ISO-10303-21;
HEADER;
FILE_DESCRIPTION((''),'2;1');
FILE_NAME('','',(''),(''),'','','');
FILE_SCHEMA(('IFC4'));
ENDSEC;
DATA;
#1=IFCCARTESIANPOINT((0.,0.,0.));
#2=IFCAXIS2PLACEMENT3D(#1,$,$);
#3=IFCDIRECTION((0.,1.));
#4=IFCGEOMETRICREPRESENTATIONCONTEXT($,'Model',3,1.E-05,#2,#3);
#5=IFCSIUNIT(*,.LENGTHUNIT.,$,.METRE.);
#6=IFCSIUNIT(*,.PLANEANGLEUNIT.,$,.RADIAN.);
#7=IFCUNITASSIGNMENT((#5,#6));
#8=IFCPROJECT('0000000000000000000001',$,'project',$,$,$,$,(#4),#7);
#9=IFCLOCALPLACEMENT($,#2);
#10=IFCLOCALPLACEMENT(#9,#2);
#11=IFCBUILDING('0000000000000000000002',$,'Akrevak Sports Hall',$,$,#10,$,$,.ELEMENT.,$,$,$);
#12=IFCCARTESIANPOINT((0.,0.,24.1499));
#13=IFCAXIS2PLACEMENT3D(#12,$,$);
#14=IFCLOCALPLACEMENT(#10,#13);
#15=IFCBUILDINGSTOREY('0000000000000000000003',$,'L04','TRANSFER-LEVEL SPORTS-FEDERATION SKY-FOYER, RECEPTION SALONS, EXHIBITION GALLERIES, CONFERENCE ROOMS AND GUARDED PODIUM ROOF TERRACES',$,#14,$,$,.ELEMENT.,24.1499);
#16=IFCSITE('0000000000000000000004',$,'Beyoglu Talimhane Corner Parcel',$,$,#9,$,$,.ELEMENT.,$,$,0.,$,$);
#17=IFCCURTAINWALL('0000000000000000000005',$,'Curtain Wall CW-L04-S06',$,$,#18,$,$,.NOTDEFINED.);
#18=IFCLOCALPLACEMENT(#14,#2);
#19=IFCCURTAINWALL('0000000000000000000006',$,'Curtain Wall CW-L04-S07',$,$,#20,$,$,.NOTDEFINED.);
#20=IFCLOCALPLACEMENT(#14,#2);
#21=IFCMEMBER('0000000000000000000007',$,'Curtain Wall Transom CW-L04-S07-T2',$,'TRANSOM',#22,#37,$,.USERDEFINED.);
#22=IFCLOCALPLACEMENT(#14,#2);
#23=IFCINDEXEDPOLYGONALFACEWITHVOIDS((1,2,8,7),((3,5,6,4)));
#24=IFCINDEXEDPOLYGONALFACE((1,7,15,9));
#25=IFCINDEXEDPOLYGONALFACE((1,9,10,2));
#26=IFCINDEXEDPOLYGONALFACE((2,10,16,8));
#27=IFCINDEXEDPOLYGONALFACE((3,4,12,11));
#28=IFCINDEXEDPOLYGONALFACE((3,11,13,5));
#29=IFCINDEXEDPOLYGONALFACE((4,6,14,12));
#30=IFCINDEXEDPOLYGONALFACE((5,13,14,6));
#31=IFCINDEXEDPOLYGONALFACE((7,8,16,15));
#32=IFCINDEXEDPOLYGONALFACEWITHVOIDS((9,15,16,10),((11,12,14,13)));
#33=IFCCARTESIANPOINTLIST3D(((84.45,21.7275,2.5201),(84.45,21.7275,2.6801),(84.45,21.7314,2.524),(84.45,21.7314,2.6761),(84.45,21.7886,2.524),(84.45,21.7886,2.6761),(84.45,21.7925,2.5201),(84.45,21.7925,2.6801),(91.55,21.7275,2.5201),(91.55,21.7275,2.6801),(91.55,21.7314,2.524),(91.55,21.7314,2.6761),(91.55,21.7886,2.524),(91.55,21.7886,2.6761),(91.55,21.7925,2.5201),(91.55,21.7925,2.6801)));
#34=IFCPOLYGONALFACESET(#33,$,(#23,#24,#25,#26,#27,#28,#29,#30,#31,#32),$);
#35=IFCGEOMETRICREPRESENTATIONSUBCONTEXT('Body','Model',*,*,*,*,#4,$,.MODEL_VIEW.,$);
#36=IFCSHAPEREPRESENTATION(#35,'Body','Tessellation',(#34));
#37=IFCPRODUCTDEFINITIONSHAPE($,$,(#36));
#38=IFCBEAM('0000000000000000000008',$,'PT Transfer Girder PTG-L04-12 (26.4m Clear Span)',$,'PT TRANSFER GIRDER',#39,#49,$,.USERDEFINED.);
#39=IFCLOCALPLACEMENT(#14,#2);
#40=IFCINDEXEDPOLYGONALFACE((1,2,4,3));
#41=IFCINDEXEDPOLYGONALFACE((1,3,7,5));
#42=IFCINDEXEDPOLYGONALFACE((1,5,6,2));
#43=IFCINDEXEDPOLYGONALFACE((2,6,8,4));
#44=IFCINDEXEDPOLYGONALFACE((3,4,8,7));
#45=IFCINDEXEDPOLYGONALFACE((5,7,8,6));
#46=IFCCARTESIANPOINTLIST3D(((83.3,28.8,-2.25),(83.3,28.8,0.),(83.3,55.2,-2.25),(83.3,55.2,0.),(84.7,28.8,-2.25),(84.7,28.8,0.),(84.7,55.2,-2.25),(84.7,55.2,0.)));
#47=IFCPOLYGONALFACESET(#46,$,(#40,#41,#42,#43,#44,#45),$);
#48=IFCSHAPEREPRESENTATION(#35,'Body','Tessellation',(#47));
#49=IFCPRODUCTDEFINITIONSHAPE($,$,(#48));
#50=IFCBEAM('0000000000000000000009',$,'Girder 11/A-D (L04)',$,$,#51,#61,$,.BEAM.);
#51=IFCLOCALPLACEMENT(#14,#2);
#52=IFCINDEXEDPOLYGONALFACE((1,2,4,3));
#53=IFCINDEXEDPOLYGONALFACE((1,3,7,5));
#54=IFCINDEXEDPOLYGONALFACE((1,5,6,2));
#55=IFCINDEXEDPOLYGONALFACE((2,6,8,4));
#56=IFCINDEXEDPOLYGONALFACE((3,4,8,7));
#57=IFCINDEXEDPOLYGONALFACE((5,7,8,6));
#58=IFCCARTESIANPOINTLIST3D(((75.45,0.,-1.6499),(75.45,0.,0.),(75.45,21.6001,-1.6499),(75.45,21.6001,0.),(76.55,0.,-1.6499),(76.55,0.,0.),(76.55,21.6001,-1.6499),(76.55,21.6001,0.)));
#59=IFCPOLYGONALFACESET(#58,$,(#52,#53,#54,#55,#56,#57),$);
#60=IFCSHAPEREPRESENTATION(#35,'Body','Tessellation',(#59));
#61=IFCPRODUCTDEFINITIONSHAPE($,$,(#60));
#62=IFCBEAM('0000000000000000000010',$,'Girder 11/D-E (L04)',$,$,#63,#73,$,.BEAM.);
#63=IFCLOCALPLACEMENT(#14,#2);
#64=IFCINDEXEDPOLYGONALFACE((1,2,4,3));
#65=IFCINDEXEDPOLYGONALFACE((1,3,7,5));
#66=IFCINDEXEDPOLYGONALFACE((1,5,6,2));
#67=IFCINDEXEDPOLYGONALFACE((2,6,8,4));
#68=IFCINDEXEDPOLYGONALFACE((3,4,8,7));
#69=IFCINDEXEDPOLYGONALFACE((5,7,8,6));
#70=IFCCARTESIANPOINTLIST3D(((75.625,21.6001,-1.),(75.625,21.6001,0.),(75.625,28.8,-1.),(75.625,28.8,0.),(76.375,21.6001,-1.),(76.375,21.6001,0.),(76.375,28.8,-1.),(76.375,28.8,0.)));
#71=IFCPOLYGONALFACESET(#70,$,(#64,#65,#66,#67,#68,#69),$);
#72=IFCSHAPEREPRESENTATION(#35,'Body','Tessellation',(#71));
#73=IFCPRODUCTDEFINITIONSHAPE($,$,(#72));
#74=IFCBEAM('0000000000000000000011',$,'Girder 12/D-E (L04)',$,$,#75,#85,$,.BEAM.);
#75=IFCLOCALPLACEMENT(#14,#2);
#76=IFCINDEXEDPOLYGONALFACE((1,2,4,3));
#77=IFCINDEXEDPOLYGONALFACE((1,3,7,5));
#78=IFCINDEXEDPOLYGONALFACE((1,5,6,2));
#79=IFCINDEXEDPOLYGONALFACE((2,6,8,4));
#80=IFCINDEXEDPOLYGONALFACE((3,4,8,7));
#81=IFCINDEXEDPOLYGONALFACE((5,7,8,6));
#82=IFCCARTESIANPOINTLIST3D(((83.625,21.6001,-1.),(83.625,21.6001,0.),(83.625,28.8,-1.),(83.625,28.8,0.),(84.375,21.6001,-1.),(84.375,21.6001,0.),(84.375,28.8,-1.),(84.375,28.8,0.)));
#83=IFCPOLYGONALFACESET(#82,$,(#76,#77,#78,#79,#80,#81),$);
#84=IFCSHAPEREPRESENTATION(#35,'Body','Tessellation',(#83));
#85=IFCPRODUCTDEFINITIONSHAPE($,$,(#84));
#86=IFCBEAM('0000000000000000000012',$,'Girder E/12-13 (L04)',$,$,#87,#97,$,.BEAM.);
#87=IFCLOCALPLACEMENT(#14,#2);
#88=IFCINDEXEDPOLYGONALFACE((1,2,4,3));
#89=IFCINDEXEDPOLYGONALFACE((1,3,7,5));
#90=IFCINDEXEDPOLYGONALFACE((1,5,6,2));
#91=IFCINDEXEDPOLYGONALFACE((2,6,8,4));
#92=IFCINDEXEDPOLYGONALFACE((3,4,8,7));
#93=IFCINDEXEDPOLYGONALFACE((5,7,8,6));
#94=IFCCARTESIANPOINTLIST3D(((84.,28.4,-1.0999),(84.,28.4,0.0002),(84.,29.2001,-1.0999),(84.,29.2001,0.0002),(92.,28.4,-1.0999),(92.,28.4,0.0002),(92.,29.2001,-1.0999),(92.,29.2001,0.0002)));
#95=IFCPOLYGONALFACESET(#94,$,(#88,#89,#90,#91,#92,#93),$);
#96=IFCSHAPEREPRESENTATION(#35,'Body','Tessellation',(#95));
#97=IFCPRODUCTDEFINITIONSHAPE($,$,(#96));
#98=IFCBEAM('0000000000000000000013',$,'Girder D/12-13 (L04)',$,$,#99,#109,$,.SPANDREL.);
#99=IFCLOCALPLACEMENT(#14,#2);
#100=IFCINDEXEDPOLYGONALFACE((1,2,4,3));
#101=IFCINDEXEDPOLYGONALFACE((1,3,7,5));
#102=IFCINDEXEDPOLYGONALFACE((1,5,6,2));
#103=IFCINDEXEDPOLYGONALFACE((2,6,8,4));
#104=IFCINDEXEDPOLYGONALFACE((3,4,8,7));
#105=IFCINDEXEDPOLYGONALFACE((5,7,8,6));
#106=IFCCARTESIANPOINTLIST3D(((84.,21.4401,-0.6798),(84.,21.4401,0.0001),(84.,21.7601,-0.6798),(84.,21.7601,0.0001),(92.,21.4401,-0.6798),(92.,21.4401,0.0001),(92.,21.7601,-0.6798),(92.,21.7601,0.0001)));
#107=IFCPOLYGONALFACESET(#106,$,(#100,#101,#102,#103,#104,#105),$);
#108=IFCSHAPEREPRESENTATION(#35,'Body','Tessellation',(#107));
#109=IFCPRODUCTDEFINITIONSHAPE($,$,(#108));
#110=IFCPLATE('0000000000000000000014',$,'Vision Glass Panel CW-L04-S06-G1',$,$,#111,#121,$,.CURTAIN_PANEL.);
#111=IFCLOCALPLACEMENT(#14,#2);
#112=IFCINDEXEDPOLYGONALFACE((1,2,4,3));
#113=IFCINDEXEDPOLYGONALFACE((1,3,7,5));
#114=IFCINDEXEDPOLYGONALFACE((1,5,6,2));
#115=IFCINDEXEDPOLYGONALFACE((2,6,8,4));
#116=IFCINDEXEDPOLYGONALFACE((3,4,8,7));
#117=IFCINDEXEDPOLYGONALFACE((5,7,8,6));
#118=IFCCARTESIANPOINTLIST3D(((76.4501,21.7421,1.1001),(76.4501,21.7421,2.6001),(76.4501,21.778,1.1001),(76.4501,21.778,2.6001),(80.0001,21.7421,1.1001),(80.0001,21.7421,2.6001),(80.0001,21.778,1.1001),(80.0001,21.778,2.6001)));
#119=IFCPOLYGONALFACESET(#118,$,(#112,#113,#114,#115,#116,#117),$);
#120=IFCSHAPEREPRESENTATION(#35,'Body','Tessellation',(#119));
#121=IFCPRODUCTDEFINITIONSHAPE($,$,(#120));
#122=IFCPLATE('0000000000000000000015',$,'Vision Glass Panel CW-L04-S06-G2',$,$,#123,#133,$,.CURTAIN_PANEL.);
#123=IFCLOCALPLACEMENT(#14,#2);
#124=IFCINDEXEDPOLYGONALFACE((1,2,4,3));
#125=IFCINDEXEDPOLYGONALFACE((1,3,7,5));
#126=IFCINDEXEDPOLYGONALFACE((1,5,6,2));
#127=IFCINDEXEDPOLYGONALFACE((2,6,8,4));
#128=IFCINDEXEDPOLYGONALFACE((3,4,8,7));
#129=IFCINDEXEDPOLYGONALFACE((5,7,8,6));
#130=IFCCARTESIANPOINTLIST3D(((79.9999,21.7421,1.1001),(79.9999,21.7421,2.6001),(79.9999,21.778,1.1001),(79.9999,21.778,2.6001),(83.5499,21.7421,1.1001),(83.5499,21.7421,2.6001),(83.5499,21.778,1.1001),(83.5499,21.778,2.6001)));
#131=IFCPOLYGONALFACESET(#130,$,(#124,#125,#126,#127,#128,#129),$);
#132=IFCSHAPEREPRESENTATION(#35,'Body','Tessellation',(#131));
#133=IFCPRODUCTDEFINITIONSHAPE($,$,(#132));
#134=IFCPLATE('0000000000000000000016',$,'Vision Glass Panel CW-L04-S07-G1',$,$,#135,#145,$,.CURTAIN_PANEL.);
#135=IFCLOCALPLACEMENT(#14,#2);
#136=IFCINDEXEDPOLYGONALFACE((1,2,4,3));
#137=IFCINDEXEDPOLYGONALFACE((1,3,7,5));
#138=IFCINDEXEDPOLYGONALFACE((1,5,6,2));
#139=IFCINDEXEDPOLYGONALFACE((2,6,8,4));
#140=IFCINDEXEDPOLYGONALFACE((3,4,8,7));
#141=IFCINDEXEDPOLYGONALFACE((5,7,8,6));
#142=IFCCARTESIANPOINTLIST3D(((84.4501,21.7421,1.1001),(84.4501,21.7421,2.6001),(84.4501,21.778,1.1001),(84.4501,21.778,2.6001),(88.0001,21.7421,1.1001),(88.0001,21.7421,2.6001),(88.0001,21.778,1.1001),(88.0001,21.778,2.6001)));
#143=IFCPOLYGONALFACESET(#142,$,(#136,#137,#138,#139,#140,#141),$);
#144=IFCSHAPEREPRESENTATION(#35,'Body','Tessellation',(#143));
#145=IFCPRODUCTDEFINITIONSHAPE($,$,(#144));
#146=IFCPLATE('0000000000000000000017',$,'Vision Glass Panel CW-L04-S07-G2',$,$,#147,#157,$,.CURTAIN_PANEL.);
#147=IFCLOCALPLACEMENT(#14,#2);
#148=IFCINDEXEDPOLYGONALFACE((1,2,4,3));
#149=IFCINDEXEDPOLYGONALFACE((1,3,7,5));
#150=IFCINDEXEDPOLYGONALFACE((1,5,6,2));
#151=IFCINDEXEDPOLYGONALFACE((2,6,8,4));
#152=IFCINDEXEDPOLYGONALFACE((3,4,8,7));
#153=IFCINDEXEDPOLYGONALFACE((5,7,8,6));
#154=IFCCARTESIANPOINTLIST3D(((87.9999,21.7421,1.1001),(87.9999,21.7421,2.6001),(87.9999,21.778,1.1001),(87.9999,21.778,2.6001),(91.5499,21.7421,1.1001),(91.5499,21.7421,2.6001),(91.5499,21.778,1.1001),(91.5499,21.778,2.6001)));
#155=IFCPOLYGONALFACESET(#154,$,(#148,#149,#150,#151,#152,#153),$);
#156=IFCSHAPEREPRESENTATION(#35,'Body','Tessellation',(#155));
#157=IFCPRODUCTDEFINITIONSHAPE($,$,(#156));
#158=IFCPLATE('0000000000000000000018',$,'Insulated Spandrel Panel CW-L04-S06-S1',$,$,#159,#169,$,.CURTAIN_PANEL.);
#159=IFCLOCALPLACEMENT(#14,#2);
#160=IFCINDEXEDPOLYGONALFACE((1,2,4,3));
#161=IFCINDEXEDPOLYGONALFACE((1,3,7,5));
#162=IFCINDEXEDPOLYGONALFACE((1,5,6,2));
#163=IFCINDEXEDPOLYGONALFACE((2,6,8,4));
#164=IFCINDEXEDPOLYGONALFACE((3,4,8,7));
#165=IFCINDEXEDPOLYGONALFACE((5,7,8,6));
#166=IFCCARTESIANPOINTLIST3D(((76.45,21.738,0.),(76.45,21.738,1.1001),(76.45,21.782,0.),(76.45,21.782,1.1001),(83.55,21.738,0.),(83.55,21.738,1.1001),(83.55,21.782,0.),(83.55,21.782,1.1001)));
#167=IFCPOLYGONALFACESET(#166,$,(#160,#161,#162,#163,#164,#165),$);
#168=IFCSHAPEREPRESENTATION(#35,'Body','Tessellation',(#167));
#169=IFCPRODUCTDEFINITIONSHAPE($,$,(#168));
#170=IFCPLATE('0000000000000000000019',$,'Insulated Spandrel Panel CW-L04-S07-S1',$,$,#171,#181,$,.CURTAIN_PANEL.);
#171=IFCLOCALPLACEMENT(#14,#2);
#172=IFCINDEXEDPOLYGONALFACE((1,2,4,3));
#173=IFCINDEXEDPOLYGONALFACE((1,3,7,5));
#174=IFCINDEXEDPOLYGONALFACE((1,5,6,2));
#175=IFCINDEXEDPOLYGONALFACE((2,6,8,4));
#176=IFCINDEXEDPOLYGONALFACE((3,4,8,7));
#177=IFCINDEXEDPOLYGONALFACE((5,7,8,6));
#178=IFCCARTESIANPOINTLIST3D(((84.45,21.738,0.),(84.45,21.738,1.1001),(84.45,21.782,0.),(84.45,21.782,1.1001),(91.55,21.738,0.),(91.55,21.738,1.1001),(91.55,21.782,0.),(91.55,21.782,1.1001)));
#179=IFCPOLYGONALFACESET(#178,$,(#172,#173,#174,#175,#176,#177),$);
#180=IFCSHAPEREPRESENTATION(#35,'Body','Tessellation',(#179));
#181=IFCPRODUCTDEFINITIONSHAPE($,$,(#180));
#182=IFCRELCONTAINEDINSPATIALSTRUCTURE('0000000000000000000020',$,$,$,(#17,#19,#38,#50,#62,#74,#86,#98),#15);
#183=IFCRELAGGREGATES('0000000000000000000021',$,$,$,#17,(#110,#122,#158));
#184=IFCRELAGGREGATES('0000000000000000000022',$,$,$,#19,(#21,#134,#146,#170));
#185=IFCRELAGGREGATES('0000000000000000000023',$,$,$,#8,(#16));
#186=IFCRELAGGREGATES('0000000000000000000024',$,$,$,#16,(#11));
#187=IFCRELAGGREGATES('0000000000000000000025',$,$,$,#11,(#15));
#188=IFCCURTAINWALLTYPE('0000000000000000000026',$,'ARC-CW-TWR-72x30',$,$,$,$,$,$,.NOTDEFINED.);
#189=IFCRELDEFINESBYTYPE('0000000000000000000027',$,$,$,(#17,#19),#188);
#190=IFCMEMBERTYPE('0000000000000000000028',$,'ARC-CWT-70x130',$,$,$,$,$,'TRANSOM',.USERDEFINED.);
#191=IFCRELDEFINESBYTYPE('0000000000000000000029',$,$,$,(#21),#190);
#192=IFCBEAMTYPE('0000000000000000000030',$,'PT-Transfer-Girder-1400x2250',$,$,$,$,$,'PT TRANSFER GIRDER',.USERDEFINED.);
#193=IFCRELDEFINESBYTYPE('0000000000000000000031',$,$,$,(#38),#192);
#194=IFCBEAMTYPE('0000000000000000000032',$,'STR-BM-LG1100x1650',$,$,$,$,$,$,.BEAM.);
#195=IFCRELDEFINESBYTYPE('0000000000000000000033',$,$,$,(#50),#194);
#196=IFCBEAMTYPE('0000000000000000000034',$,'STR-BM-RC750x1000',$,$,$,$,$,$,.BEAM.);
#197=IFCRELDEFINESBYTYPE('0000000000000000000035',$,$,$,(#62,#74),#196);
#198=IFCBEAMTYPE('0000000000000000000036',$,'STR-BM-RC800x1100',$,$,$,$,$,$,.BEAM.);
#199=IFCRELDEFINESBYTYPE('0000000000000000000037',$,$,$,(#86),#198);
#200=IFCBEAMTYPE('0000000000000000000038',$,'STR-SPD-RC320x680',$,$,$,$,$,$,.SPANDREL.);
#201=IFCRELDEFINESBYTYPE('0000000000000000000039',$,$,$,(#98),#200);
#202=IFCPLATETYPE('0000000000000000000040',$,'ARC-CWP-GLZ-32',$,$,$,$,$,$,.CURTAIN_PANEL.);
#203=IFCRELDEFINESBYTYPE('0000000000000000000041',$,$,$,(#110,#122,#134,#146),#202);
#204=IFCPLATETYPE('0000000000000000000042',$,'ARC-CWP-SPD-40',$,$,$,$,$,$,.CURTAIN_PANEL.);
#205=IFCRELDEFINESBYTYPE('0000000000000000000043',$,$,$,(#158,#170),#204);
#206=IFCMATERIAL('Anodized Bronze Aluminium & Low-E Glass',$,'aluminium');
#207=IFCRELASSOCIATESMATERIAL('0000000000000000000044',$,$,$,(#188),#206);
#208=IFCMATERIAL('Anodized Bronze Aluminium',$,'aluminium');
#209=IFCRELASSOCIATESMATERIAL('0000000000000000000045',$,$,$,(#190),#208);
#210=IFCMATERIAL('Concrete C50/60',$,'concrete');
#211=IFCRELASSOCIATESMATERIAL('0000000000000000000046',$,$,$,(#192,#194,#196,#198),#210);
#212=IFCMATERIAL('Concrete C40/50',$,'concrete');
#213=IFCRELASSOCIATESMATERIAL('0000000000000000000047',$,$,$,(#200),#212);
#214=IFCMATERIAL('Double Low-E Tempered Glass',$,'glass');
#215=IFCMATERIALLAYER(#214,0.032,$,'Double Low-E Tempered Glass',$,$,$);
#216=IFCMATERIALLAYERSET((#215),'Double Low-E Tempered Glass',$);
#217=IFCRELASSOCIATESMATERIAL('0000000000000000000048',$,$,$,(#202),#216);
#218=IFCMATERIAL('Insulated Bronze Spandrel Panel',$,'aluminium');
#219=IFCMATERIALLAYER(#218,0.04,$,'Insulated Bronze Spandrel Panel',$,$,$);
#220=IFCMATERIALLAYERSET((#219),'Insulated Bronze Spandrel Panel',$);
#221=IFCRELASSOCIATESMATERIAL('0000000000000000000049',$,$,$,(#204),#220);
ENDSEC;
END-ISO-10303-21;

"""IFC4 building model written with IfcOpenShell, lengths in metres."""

from ifc_helpers import new_model, si_unit, direction, frame, origin, origin_2d, place, context, subcontext, project, spatial, rectangle, hollow_rectangle, extrude, material, layer, layer_set, material_profile, profile_set, type_object, element, aggregate, save


model = new_model("IFC4")

# Units and contexts
model_context = context("Model", 3, precision=1e-05, world=origin(), true_north=direction((0.0, 1.0)))
body_context = subcontext(model_context, "Body", "Model", "MODEL_VIEW")
ifc_project = project(units=[si_unit("LENGTHUNIT", "METRE"), si_unit("PLANEANGLEUNIT", "RADIAN")], contexts=[model_context])

# Site, building, storey
site_placement = place(None, origin())
site = spatial("IfcSite", under=ifc_project, at=site_placement, Name="Beyoglu Talimhane Corner Parcel", CompositionType="ELEMENT", RefElevation=0.0)
building_placement = place(site_placement, origin())
building = spatial("IfcBuilding", under=site, at=building_placement, Name="Akrevak Sports Hall", CompositionType="ELEMENT")
storey_placement = place(building_placement, frame((0.0, 0.0, 24.1499)))
storey = spatial("IfcBuildingStorey", under=building, at=storey_placement, Name="L04", Description="TRANSFER-LEVEL SPORTS-FEDERATION SKY-FOYER, RECEPTION SALONS, EXHIBITION GALLERIES, CONFERENCE ROOMS AND GUARDED PODIUM ROOF TERRACES", CompositionType="ELEMENT", Elevation=24.1499)

# Shared definitions
ifc_material_1 = material(Name="Concrete C50/60", Category="concrete")
ifc_material_2 = material(Name="Concrete C40/50", Category="concrete")

# Curtain walls
ifc_material_3 = material(Name="Anodized Bronze Aluminium & Low-E Glass", Category="aluminium")
curtain_wall_type = type_object("IfcCurtainWallType", Name="ARC-CW-TWR-72x30", PredefinedType="NOTDEFINED", material=ifc_material_3)
curtain_wall_1_placement = place(storey_placement, origin())
curtain_wall_1 = element("IfcCurtainWall", 1, at=curtain_wall_1_placement, inside=storey, type_object=curtain_wall_type, Name="Curtain Wall CW-L04-S06", PredefinedType="NOTDEFINED")
ifc_material_4 = material(Name="Anodized Bronze Aluminium", Category="aluminium")
curtain_wall_2_placement = place(storey_placement, origin())
curtain_wall_2 = element("IfcCurtainWall", 2, at=curtain_wall_2_placement, inside=storey, type_object=curtain_wall_type, Name="Curtain Wall CW-L04-S07", PredefinedType="NOTDEFINED")

# Member
ifc_material_profile_1 = material_profile(ifc_material_4, hollow_rectangle(XDim=0.0649, YDim=0.1599, WallThickness=0.0039, at=origin_2d()), Name="CWT 65x160", Category="aluminium")
ifc_profile_set_1 = profile_set([ifc_material_profile_1], Name="Anodized Bronze Aluminium")
member_type_1 = type_object("IfcMemberType", Name="ARC-CWT-70x130", ElementType="TRANSOM", PredefinedType="USERDEFINED", material=ifc_profile_set_1)
member_1_placement = place(storey_placement, frame((84.45, 21.76, 2.6001), z_axis=(1.0, 0.0, 0.0), x_axis=(0.0, 1.0, 0.0)))
member_1 = element("IfcMember", 3, at=member_1_placement, type_object=member_type_1, Name="Curtain Wall Transom CW-L04-S07-T2", ObjectType="TRANSOM", PredefinedType="USERDEFINED", context=body_context, shape_type="SweptSolid", body=[
    extrude(hollow_rectangle(XDim=0.0649, YDim=0.1599, WallThickness=0.0039, at=origin_2d()), origin(), (0.0, 0.0, 1.0), 7.1001),
])

# Beams
ifc_material_profile_2 = material_profile(ifc_material_1, rectangle(XDim=1.3999, YDim=2.25, at=origin_2d()), Name="PTG 1400x2250", Category="concrete")
ifc_profile_set_2 = profile_set([ifc_material_profile_2], Name="Concrete C50/60")
beam_type_1 = type_object("IfcBeamType", Name="PT-Transfer-Girder-1400x2250", ElementType="PT TRANSFER GIRDER", PredefinedType="USERDEFINED", material=ifc_profile_set_2)
beam_1_placement = place(storey_placement, frame((84.0, 28.8, -1.125), z_axis=(0.0, 1.0, 0.0), x_axis=(-1.0, 0.0, 0.0)))
element("IfcBeam", 4, at=beam_1_placement, inside=storey, type_object=beam_type_1, Name="PT Transfer Girder PTG-L04-12 (26.4m Clear Span)", ObjectType="PT TRANSFER GIRDER", PredefinedType="USERDEFINED", context=body_context, shape_type="SweptSolid", body=[
    extrude(rectangle(XDim=1.3999, YDim=2.25, at=origin_2d()), origin(), (0.0, 0.0, 1.0), 26.3999),
])
ifc_material_profile_3 = material_profile(ifc_material_1, rectangle(XDim=1.1001, YDim=1.6499, at=origin_2d()), Name="BM 1100x1650", Category="concrete")
ifc_profile_set_3 = profile_set([ifc_material_profile_3], Name="Concrete C50/60")
beam_type_2 = type_object("IfcBeamType", Name="STR-BM-LG1100x1650", PredefinedType="BEAM", material=ifc_profile_set_3)
beam_2_placement = place(storey_placement, frame((76.0, 0.0, -0.825), z_axis=(0.0, 1.0, 0.0), x_axis=(-1.0, 0.0, 0.0)))
element("IfcBeam", 5, at=beam_2_placement, inside=storey, type_object=beam_type_2, Name="Girder 11/A-D (L04)", PredefinedType="BEAM", context=body_context, shape_type="SweptSolid", body=[
    extrude(rectangle(XDim=1.1001, YDim=1.6499, at=origin_2d()), origin(), (0.0, 0.0, 1.0), 21.6001),
])
ifc_material_profile_4 = material_profile(ifc_material_1, rectangle(XDim=0.75, YDim=1.0, at=origin_2d()), Name="BM 750x1000", Category="concrete")
ifc_profile_set_4 = profile_set([ifc_material_profile_4], Name="Concrete C50/60")
beam_type_3 = type_object("IfcBeamType", Name="STR-BM-RC750x1000", PredefinedType="BEAM", material=ifc_profile_set_4)
for number, where, z_axis, x_axis, name in (
    (6, (76.0, 21.6001, -0.5), (0.0, 1.0, 0.0), (-1.0, 0.0, 0.0), "Girder 11/D-E (L04)"),
    (7, (84.0, 21.6001, -0.5), (0.0, 1.0, 0.0), (-1.0, 0.0, 0.0), "Girder 12/D-E (L04)"),
):
    element("IfcBeam", number, at=place(storey_placement, frame(where, z_axis=z_axis, x_axis=x_axis)), inside=storey, type_object=beam_type_3, Name=name, PredefinedType="BEAM", context=body_context, shape_type="SweptSolid", body=[
        extrude(rectangle(XDim=0.75, YDim=1.0, at=origin_2d()), origin(), (0.0, 0.0, 1.0), 7.2),
    ])
ifc_material_profile_5 = material_profile(ifc_material_1, rectangle(XDim=0.8, YDim=1.1001, at=origin_2d()), Name="BM 800x1100", Category="concrete")
ifc_profile_set_5 = profile_set([ifc_material_profile_5], Name="Concrete C50/60")
beam_type_4 = type_object("IfcBeamType", Name="STR-BM-RC800x1100", PredefinedType="BEAM", material=ifc_profile_set_5)
beam_3_placement = place(storey_placement, frame((84.0, 28.8, -0.5498), z_axis=(1.0, 0.0, 0.0), x_axis=(0.0, 1.0, 0.0)))
element("IfcBeam", 8, at=beam_3_placement, inside=storey, type_object=beam_type_4, Name="Girder E/12-13 (L04)", PredefinedType="BEAM", context=body_context, shape_type="SweptSolid", body=[
    extrude(rectangle(XDim=0.8, YDim=1.1001, at=origin_2d()), origin(), (0.0, 0.0, 1.0), 8.0),
])
ifc_material_profile_6 = material_profile(ifc_material_2, rectangle(XDim=0.3201, YDim=0.6799, at=origin_2d()), Name="SPD 320x680", Category="concrete")
ifc_profile_set_6 = profile_set([ifc_material_profile_6], Name="Concrete C40/50")
beam_type_5 = type_object("IfcBeamType", Name="STR-SPD-RC320x680", PredefinedType="SPANDREL", material=ifc_profile_set_6)
beam_4_placement = place(storey_placement, frame((84.0, 21.6001, -0.3398), z_axis=(1.0, 0.0, 0.0), x_axis=(0.0, 1.0, 0.0)))
element("IfcBeam", 9, at=beam_4_placement, inside=storey, type_object=beam_type_5, Name="Girder D/12-13 (L04)", PredefinedType="SPANDREL", context=body_context, shape_type="SweptSolid", body=[
    extrude(rectangle(XDim=0.3201, YDim=0.6799, at=origin_2d()), origin(), (0.0, 0.0, 1.0), 8.0),
])

# Plates
ifc_material_5 = material(Name="Double Low-E Tempered Glass", Category="glass")
ifc_layer_1 = layer(ifc_material_5, 0.032, Name="Double Low-E Tempered Glass")
ifc_layer_set_1 = layer_set([ifc_layer_1], Name="Double Low-E Tempered Glass")
plate_type_1 = type_object("IfcPlateType", Name="ARC-CWP-GLZ-32", PredefinedType="CURTAIN_PANEL", material=ifc_layer_set_1)
plate_1_placement = place(storey_placement, frame((78.2251, 21.76, 1.1001), z_axis=(0.0, 0.0, 1.0), x_axis=(1.0, 0.0, 0.0)))
plate_1 = element("IfcPlate", 10, at=plate_1_placement, type_object=plate_type_1, Name="Vision Glass Panel CW-L04-S06-G1", PredefinedType="CURTAIN_PANEL", context=body_context, shape_type="SweptSolid", body=[
    extrude(rectangle(XDim=3.55, YDim=0.0359, at=origin_2d()), origin(), (0.0, 0.0, 1.0), 1.5),
])
plate_2_placement = place(storey_placement, frame((81.7749, 21.76, 1.1001), z_axis=(0.0, 0.0, 1.0), x_axis=(1.0, 0.0, 0.0)))
plate_2 = element("IfcPlate", 11, at=plate_2_placement, type_object=plate_type_1, Name="Vision Glass Panel CW-L04-S06-G2", PredefinedType="CURTAIN_PANEL", context=body_context, shape_type="SweptSolid", body=[
    extrude(rectangle(XDim=3.55, YDim=0.0359, at=origin_2d()), origin(), (0.0, 0.0, 1.0), 1.5),
])
plate_3_placement = place(storey_placement, frame((86.2251, 21.76, 1.1001), z_axis=(0.0, 0.0, 1.0), x_axis=(1.0, 0.0, 0.0)))
plate_3 = element("IfcPlate", 12, at=plate_3_placement, type_object=plate_type_1, Name="Vision Glass Panel CW-L04-S07-G1", PredefinedType="CURTAIN_PANEL", context=body_context, shape_type="SweptSolid", body=[
    extrude(rectangle(XDim=3.55, YDim=0.0359, at=origin_2d()), origin(), (0.0, 0.0, 1.0), 1.5),
])
plate_4_placement = place(storey_placement, frame((89.7749, 21.76, 1.1001), z_axis=(0.0, 0.0, 1.0), x_axis=(1.0, 0.0, 0.0)))
plate_4 = element("IfcPlate", 13, at=plate_4_placement, type_object=plate_type_1, Name="Vision Glass Panel CW-L04-S07-G2", PredefinedType="CURTAIN_PANEL", context=body_context, shape_type="SweptSolid", body=[
    extrude(rectangle(XDim=3.55, YDim=0.0359, at=origin_2d()), origin(), (0.0, 0.0, 1.0), 1.5),
])
ifc_material_6 = material(Name="Insulated Bronze Spandrel Panel", Category="aluminium")
ifc_layer_2 = layer(ifc_material_6, 0.04, Name="Insulated Bronze Spandrel Panel")
ifc_layer_set_2 = layer_set([ifc_layer_2], Name="Insulated Bronze Spandrel Panel")
plate_type_2 = type_object("IfcPlateType", Name="ARC-CWP-SPD-40", PredefinedType="CURTAIN_PANEL", material=ifc_layer_set_2)
plate_5_placement = place(storey_placement, frame((80.0, 21.76, 0.0), z_axis=(0.0, 0.0, 1.0), x_axis=(1.0, 0.0, 0.0)))
plate_5 = element("IfcPlate", 14, at=plate_5_placement, type_object=plate_type_2, Name="Insulated Spandrel Panel CW-L04-S06-S1", PredefinedType="CURTAIN_PANEL", context=body_context, shape_type="SweptSolid", body=[
    extrude(rectangle(XDim=7.1001, YDim=0.0439, at=origin_2d()), origin(), (0.0, 0.0, 1.0), 1.1001),
])
aggregate(curtain_wall_1, [plate_1, plate_2, plate_5])
plate_6_placement = place(storey_placement, frame((88.0, 21.76, 0.0), z_axis=(0.0, 0.0, 1.0), x_axis=(1.0, 0.0, 0.0)))
plate_6 = element("IfcPlate", 15, at=plate_6_placement, type_object=plate_type_2, Name="Insulated Spandrel Panel CW-L04-S07-S1", PredefinedType="CURTAIN_PANEL", context=body_context, shape_type="SweptSolid", body=[
    extrude(rectangle(XDim=7.1001, YDim=0.0439, at=origin_2d()), origin(), (0.0, 0.0, 1.0), 1.1001),
])
aggregate(curtain_wall_2, [member_1, plate_3, plate_4, plate_6])

save(model, "model.ifc")
